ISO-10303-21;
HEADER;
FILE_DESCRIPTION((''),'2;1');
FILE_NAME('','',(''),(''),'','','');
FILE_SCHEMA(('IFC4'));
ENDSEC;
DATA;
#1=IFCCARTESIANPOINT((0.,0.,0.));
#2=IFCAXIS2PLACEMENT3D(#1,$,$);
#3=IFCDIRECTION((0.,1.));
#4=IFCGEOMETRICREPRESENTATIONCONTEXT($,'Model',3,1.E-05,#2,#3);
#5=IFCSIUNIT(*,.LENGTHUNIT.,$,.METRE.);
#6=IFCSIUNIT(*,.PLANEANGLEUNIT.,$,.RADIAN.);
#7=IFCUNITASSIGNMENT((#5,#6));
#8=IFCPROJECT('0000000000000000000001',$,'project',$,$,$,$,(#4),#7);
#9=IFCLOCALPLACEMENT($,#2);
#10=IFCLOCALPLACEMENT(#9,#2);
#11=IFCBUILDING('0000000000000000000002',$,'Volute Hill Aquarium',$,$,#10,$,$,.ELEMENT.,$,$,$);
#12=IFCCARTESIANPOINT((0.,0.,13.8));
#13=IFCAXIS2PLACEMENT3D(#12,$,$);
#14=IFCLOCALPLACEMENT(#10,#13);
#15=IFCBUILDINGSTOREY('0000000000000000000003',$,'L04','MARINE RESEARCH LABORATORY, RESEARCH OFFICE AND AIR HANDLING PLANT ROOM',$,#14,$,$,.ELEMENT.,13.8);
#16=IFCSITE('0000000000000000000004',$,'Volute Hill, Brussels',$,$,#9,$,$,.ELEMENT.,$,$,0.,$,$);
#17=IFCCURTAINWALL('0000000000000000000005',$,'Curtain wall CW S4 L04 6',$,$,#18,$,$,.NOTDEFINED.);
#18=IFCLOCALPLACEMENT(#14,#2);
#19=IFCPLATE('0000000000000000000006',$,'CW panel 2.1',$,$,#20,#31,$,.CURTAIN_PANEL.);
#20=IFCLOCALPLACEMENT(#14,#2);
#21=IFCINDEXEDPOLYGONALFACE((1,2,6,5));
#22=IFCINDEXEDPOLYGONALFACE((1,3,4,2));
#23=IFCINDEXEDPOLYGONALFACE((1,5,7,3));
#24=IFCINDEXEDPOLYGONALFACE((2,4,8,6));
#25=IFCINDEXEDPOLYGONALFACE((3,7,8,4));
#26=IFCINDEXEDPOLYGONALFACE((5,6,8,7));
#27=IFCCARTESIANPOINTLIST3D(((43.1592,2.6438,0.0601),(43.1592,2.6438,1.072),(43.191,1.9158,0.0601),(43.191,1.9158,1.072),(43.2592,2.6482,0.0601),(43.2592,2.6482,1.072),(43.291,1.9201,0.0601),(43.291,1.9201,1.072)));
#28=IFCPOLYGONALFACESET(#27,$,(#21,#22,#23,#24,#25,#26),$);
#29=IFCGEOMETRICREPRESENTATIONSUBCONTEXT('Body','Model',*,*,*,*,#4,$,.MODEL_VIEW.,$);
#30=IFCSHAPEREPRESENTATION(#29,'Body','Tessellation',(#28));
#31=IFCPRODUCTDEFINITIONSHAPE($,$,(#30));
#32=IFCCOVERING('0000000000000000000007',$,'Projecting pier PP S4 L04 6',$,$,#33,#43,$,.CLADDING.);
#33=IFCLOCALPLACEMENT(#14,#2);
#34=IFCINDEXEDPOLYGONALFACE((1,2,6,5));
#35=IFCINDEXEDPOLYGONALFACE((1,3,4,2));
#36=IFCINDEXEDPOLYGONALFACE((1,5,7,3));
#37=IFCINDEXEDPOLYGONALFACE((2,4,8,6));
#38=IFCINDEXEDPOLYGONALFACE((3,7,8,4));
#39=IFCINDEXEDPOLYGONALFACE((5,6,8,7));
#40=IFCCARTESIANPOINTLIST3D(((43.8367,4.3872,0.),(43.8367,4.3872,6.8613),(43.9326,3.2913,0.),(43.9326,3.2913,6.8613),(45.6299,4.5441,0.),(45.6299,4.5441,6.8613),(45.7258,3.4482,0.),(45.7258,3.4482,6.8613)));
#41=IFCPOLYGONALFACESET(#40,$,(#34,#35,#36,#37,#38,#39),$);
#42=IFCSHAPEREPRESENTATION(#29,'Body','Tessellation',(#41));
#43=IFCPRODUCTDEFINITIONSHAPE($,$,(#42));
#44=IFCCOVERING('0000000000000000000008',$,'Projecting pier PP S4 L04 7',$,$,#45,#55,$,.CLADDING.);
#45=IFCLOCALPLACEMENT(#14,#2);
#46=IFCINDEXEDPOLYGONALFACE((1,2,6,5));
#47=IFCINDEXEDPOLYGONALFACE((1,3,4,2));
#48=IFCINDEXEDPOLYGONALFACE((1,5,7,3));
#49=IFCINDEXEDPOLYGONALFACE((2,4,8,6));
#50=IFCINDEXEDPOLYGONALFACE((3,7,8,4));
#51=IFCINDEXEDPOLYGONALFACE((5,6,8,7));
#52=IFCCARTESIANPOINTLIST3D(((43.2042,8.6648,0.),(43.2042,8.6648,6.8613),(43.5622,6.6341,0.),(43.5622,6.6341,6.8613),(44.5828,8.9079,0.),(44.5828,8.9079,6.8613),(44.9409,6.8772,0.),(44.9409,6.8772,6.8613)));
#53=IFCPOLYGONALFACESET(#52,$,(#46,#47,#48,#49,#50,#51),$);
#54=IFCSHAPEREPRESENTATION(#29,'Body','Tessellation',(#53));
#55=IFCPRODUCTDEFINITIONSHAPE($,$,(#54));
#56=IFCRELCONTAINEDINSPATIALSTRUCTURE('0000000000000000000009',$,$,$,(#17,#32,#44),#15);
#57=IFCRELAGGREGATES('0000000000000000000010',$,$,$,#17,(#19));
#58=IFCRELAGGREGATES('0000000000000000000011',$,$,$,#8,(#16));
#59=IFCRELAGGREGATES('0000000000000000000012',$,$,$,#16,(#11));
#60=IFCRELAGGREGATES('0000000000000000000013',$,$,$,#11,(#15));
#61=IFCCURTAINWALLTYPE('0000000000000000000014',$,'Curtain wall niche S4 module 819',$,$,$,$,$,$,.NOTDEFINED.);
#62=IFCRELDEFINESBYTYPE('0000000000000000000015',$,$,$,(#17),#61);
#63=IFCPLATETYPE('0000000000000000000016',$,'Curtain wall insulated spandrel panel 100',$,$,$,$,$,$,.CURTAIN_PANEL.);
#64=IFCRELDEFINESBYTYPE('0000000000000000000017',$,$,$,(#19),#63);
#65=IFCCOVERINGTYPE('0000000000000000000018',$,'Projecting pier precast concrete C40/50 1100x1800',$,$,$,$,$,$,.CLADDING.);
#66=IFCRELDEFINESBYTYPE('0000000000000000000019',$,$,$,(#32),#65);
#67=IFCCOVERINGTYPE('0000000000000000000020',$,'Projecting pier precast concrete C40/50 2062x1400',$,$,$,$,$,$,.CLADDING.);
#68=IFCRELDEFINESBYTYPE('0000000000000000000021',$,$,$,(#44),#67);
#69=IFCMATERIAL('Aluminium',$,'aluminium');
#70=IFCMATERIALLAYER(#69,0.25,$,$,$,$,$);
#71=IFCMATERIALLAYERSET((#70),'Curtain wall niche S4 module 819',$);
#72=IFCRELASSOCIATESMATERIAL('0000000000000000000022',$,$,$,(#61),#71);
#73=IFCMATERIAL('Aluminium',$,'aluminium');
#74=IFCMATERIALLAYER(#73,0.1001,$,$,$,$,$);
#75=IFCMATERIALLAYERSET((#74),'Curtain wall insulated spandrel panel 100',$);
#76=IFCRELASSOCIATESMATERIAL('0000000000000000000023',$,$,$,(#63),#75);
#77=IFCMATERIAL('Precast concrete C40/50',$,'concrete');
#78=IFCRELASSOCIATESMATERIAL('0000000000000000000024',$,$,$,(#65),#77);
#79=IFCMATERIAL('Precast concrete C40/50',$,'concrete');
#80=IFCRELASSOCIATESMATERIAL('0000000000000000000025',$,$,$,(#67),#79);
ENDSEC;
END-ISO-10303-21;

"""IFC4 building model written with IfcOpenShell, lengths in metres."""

from ifc_helpers import new_model, si_unit, direction, frame, origin, origin_2d, place, context, subcontext, project, spatial, rectangle, extrude, material, layer, layer_set, type_object, element, aggregate, save


model = new_model("IFC4")

# Units and contexts
model_context = context("Model", 3, precision=1e-05, world=origin(), true_north=direction((0.0, 1.0)))
body_context = subcontext(model_context, "Body", "Model", "MODEL_VIEW")
ifc_project = project(units=[si_unit("LENGTHUNIT", "METRE"), si_unit("PLANEANGLEUNIT", "RADIAN")], contexts=[model_context])

# Site, building, storey
site_placement = place(None, origin())
site = spatial("IfcSite", under=ifc_project, at=site_placement, Name="Volute Hill, Brussels", CompositionType="ELEMENT", RefElevation=0.0)
building_placement = place(site_placement, origin())
building = spatial("IfcBuilding", under=site, at=building_placement, Name="Volute Hill Aquarium", CompositionType="ELEMENT")
storey_placement = place(building_placement, frame((0.0, 0.0, 13.8)))
storey = spatial("IfcBuildingStorey", under=building, at=storey_placement, Name="L04", Description="MARINE RESEARCH LABORATORY, RESEARCH OFFICE AND AIR HANDLING PLANT ROOM", CompositionType="ELEMENT", Elevation=13.8)

# Curtain wall
ifc_material_1 = material(Name="Aluminium", Category="aluminium")
ifc_layer_1 = layer(ifc_material_1, 0.25)
ifc_layer_set_1 = layer_set([ifc_layer_1], Name="Curtain wall niche S4 module 819")
curtain_wall_type = type_object("IfcCurtainWallType", Name="Curtain wall niche S4 module 819", PredefinedType="NOTDEFINED", material=ifc_layer_set_1)
curtain_wall_1_placement = place(storey_placement, origin())
curtain_wall_1 = element("IfcCurtainWall", 1, at=curtain_wall_1_placement, inside=storey, type_object=curtain_wall_type, Name="Curtain wall CW S4 L04 6", PredefinedType="NOTDEFINED")

# Plate
ifc_material_2 = material(Name="Aluminium", Category="aluminium")
ifc_layer_2 = layer(ifc_material_2, 0.1001)
ifc_layer_set_2 = layer_set([ifc_layer_2], Name="Curtain wall insulated spandrel panel 100")
plate_type_1 = type_object("IfcPlateType", Name="Curtain wall insulated spandrel panel 100", PredefinedType="CURTAIN_PANEL", material=ifc_layer_set_2)
plate_1_placement = place(storey_placement, frame((43.2251, 2.282, 0.0601), z_axis=(0.0, 0.0, 1.0), x_axis=(-0.043623, 0.999048, 0.0)))
plate_1 = element("IfcPlate", 2, at=plate_1_placement, type_object=plate_type_1, Name="CW panel 2.1", PredefinedType="CURTAIN_PANEL", context=body_context, shape_type="SweptSolid", body=[
    extrude(rectangle(XDim=0.7288, YDim=0.1001, at=origin_2d()), origin(), (0.0, 0.0, 1.0), 1.012),
])
aggregate(curtain_wall_1, [plate_1])

# Coverings
ifc_material_3 = material(Name="Precast concrete C40/50", Category="concrete")
covering_type_1 = type_object("IfcCoveringType", Name="Projecting pier precast concrete C40/50 1100x1800", PredefinedType="CLADDING", material=ifc_material_3)
covering_1_placement = place(storey_placement, frame((44.7812, 3.9177, 0.0), z_axis=(0.0, 0.0, 1.0), x_axis=(-0.087156, 0.996195, 0.0)))
element("IfcCovering", 3, at=covering_1_placement, inside=storey, type_object=covering_type_1, Name="Projecting pier PP S4 L04 6", PredefinedType="CLADDING", context=body_context, shape_type="SweptSolid", body=[
    extrude(rectangle(XDim=1.1001, YDim=1.8, at=origin_2d()), origin(), (0.0, 0.0, 1.0), 6.8613),
])
ifc_material_4 = material(Name="Precast concrete C40/50", Category="concrete")
covering_type_2 = type_object("IfcCoveringType", Name="Projecting pier precast concrete C40/50 2062x1400", PredefinedType="CLADDING", material=ifc_material_4)
covering_2_placement = place(storey_placement, frame((44.0725, 7.771, 0.0), z_axis=(0.0, 0.0, 1.0), x_axis=(-0.173648, 0.984808, 0.0)))
element("IfcCovering", 4, at=covering_2_placement, inside=storey, type_object=covering_type_2, Name="Projecting pier PP S4 L04 7", PredefinedType="CLADDING", context=body_context, shape_type="SweptSolid", body=[
    extrude(rectangle(XDim=2.062, YDim=1.3999, at=origin_2d()), origin(), (0.0, 0.0, 1.0), 6.8613),
])

save(model, "model.ifc")
